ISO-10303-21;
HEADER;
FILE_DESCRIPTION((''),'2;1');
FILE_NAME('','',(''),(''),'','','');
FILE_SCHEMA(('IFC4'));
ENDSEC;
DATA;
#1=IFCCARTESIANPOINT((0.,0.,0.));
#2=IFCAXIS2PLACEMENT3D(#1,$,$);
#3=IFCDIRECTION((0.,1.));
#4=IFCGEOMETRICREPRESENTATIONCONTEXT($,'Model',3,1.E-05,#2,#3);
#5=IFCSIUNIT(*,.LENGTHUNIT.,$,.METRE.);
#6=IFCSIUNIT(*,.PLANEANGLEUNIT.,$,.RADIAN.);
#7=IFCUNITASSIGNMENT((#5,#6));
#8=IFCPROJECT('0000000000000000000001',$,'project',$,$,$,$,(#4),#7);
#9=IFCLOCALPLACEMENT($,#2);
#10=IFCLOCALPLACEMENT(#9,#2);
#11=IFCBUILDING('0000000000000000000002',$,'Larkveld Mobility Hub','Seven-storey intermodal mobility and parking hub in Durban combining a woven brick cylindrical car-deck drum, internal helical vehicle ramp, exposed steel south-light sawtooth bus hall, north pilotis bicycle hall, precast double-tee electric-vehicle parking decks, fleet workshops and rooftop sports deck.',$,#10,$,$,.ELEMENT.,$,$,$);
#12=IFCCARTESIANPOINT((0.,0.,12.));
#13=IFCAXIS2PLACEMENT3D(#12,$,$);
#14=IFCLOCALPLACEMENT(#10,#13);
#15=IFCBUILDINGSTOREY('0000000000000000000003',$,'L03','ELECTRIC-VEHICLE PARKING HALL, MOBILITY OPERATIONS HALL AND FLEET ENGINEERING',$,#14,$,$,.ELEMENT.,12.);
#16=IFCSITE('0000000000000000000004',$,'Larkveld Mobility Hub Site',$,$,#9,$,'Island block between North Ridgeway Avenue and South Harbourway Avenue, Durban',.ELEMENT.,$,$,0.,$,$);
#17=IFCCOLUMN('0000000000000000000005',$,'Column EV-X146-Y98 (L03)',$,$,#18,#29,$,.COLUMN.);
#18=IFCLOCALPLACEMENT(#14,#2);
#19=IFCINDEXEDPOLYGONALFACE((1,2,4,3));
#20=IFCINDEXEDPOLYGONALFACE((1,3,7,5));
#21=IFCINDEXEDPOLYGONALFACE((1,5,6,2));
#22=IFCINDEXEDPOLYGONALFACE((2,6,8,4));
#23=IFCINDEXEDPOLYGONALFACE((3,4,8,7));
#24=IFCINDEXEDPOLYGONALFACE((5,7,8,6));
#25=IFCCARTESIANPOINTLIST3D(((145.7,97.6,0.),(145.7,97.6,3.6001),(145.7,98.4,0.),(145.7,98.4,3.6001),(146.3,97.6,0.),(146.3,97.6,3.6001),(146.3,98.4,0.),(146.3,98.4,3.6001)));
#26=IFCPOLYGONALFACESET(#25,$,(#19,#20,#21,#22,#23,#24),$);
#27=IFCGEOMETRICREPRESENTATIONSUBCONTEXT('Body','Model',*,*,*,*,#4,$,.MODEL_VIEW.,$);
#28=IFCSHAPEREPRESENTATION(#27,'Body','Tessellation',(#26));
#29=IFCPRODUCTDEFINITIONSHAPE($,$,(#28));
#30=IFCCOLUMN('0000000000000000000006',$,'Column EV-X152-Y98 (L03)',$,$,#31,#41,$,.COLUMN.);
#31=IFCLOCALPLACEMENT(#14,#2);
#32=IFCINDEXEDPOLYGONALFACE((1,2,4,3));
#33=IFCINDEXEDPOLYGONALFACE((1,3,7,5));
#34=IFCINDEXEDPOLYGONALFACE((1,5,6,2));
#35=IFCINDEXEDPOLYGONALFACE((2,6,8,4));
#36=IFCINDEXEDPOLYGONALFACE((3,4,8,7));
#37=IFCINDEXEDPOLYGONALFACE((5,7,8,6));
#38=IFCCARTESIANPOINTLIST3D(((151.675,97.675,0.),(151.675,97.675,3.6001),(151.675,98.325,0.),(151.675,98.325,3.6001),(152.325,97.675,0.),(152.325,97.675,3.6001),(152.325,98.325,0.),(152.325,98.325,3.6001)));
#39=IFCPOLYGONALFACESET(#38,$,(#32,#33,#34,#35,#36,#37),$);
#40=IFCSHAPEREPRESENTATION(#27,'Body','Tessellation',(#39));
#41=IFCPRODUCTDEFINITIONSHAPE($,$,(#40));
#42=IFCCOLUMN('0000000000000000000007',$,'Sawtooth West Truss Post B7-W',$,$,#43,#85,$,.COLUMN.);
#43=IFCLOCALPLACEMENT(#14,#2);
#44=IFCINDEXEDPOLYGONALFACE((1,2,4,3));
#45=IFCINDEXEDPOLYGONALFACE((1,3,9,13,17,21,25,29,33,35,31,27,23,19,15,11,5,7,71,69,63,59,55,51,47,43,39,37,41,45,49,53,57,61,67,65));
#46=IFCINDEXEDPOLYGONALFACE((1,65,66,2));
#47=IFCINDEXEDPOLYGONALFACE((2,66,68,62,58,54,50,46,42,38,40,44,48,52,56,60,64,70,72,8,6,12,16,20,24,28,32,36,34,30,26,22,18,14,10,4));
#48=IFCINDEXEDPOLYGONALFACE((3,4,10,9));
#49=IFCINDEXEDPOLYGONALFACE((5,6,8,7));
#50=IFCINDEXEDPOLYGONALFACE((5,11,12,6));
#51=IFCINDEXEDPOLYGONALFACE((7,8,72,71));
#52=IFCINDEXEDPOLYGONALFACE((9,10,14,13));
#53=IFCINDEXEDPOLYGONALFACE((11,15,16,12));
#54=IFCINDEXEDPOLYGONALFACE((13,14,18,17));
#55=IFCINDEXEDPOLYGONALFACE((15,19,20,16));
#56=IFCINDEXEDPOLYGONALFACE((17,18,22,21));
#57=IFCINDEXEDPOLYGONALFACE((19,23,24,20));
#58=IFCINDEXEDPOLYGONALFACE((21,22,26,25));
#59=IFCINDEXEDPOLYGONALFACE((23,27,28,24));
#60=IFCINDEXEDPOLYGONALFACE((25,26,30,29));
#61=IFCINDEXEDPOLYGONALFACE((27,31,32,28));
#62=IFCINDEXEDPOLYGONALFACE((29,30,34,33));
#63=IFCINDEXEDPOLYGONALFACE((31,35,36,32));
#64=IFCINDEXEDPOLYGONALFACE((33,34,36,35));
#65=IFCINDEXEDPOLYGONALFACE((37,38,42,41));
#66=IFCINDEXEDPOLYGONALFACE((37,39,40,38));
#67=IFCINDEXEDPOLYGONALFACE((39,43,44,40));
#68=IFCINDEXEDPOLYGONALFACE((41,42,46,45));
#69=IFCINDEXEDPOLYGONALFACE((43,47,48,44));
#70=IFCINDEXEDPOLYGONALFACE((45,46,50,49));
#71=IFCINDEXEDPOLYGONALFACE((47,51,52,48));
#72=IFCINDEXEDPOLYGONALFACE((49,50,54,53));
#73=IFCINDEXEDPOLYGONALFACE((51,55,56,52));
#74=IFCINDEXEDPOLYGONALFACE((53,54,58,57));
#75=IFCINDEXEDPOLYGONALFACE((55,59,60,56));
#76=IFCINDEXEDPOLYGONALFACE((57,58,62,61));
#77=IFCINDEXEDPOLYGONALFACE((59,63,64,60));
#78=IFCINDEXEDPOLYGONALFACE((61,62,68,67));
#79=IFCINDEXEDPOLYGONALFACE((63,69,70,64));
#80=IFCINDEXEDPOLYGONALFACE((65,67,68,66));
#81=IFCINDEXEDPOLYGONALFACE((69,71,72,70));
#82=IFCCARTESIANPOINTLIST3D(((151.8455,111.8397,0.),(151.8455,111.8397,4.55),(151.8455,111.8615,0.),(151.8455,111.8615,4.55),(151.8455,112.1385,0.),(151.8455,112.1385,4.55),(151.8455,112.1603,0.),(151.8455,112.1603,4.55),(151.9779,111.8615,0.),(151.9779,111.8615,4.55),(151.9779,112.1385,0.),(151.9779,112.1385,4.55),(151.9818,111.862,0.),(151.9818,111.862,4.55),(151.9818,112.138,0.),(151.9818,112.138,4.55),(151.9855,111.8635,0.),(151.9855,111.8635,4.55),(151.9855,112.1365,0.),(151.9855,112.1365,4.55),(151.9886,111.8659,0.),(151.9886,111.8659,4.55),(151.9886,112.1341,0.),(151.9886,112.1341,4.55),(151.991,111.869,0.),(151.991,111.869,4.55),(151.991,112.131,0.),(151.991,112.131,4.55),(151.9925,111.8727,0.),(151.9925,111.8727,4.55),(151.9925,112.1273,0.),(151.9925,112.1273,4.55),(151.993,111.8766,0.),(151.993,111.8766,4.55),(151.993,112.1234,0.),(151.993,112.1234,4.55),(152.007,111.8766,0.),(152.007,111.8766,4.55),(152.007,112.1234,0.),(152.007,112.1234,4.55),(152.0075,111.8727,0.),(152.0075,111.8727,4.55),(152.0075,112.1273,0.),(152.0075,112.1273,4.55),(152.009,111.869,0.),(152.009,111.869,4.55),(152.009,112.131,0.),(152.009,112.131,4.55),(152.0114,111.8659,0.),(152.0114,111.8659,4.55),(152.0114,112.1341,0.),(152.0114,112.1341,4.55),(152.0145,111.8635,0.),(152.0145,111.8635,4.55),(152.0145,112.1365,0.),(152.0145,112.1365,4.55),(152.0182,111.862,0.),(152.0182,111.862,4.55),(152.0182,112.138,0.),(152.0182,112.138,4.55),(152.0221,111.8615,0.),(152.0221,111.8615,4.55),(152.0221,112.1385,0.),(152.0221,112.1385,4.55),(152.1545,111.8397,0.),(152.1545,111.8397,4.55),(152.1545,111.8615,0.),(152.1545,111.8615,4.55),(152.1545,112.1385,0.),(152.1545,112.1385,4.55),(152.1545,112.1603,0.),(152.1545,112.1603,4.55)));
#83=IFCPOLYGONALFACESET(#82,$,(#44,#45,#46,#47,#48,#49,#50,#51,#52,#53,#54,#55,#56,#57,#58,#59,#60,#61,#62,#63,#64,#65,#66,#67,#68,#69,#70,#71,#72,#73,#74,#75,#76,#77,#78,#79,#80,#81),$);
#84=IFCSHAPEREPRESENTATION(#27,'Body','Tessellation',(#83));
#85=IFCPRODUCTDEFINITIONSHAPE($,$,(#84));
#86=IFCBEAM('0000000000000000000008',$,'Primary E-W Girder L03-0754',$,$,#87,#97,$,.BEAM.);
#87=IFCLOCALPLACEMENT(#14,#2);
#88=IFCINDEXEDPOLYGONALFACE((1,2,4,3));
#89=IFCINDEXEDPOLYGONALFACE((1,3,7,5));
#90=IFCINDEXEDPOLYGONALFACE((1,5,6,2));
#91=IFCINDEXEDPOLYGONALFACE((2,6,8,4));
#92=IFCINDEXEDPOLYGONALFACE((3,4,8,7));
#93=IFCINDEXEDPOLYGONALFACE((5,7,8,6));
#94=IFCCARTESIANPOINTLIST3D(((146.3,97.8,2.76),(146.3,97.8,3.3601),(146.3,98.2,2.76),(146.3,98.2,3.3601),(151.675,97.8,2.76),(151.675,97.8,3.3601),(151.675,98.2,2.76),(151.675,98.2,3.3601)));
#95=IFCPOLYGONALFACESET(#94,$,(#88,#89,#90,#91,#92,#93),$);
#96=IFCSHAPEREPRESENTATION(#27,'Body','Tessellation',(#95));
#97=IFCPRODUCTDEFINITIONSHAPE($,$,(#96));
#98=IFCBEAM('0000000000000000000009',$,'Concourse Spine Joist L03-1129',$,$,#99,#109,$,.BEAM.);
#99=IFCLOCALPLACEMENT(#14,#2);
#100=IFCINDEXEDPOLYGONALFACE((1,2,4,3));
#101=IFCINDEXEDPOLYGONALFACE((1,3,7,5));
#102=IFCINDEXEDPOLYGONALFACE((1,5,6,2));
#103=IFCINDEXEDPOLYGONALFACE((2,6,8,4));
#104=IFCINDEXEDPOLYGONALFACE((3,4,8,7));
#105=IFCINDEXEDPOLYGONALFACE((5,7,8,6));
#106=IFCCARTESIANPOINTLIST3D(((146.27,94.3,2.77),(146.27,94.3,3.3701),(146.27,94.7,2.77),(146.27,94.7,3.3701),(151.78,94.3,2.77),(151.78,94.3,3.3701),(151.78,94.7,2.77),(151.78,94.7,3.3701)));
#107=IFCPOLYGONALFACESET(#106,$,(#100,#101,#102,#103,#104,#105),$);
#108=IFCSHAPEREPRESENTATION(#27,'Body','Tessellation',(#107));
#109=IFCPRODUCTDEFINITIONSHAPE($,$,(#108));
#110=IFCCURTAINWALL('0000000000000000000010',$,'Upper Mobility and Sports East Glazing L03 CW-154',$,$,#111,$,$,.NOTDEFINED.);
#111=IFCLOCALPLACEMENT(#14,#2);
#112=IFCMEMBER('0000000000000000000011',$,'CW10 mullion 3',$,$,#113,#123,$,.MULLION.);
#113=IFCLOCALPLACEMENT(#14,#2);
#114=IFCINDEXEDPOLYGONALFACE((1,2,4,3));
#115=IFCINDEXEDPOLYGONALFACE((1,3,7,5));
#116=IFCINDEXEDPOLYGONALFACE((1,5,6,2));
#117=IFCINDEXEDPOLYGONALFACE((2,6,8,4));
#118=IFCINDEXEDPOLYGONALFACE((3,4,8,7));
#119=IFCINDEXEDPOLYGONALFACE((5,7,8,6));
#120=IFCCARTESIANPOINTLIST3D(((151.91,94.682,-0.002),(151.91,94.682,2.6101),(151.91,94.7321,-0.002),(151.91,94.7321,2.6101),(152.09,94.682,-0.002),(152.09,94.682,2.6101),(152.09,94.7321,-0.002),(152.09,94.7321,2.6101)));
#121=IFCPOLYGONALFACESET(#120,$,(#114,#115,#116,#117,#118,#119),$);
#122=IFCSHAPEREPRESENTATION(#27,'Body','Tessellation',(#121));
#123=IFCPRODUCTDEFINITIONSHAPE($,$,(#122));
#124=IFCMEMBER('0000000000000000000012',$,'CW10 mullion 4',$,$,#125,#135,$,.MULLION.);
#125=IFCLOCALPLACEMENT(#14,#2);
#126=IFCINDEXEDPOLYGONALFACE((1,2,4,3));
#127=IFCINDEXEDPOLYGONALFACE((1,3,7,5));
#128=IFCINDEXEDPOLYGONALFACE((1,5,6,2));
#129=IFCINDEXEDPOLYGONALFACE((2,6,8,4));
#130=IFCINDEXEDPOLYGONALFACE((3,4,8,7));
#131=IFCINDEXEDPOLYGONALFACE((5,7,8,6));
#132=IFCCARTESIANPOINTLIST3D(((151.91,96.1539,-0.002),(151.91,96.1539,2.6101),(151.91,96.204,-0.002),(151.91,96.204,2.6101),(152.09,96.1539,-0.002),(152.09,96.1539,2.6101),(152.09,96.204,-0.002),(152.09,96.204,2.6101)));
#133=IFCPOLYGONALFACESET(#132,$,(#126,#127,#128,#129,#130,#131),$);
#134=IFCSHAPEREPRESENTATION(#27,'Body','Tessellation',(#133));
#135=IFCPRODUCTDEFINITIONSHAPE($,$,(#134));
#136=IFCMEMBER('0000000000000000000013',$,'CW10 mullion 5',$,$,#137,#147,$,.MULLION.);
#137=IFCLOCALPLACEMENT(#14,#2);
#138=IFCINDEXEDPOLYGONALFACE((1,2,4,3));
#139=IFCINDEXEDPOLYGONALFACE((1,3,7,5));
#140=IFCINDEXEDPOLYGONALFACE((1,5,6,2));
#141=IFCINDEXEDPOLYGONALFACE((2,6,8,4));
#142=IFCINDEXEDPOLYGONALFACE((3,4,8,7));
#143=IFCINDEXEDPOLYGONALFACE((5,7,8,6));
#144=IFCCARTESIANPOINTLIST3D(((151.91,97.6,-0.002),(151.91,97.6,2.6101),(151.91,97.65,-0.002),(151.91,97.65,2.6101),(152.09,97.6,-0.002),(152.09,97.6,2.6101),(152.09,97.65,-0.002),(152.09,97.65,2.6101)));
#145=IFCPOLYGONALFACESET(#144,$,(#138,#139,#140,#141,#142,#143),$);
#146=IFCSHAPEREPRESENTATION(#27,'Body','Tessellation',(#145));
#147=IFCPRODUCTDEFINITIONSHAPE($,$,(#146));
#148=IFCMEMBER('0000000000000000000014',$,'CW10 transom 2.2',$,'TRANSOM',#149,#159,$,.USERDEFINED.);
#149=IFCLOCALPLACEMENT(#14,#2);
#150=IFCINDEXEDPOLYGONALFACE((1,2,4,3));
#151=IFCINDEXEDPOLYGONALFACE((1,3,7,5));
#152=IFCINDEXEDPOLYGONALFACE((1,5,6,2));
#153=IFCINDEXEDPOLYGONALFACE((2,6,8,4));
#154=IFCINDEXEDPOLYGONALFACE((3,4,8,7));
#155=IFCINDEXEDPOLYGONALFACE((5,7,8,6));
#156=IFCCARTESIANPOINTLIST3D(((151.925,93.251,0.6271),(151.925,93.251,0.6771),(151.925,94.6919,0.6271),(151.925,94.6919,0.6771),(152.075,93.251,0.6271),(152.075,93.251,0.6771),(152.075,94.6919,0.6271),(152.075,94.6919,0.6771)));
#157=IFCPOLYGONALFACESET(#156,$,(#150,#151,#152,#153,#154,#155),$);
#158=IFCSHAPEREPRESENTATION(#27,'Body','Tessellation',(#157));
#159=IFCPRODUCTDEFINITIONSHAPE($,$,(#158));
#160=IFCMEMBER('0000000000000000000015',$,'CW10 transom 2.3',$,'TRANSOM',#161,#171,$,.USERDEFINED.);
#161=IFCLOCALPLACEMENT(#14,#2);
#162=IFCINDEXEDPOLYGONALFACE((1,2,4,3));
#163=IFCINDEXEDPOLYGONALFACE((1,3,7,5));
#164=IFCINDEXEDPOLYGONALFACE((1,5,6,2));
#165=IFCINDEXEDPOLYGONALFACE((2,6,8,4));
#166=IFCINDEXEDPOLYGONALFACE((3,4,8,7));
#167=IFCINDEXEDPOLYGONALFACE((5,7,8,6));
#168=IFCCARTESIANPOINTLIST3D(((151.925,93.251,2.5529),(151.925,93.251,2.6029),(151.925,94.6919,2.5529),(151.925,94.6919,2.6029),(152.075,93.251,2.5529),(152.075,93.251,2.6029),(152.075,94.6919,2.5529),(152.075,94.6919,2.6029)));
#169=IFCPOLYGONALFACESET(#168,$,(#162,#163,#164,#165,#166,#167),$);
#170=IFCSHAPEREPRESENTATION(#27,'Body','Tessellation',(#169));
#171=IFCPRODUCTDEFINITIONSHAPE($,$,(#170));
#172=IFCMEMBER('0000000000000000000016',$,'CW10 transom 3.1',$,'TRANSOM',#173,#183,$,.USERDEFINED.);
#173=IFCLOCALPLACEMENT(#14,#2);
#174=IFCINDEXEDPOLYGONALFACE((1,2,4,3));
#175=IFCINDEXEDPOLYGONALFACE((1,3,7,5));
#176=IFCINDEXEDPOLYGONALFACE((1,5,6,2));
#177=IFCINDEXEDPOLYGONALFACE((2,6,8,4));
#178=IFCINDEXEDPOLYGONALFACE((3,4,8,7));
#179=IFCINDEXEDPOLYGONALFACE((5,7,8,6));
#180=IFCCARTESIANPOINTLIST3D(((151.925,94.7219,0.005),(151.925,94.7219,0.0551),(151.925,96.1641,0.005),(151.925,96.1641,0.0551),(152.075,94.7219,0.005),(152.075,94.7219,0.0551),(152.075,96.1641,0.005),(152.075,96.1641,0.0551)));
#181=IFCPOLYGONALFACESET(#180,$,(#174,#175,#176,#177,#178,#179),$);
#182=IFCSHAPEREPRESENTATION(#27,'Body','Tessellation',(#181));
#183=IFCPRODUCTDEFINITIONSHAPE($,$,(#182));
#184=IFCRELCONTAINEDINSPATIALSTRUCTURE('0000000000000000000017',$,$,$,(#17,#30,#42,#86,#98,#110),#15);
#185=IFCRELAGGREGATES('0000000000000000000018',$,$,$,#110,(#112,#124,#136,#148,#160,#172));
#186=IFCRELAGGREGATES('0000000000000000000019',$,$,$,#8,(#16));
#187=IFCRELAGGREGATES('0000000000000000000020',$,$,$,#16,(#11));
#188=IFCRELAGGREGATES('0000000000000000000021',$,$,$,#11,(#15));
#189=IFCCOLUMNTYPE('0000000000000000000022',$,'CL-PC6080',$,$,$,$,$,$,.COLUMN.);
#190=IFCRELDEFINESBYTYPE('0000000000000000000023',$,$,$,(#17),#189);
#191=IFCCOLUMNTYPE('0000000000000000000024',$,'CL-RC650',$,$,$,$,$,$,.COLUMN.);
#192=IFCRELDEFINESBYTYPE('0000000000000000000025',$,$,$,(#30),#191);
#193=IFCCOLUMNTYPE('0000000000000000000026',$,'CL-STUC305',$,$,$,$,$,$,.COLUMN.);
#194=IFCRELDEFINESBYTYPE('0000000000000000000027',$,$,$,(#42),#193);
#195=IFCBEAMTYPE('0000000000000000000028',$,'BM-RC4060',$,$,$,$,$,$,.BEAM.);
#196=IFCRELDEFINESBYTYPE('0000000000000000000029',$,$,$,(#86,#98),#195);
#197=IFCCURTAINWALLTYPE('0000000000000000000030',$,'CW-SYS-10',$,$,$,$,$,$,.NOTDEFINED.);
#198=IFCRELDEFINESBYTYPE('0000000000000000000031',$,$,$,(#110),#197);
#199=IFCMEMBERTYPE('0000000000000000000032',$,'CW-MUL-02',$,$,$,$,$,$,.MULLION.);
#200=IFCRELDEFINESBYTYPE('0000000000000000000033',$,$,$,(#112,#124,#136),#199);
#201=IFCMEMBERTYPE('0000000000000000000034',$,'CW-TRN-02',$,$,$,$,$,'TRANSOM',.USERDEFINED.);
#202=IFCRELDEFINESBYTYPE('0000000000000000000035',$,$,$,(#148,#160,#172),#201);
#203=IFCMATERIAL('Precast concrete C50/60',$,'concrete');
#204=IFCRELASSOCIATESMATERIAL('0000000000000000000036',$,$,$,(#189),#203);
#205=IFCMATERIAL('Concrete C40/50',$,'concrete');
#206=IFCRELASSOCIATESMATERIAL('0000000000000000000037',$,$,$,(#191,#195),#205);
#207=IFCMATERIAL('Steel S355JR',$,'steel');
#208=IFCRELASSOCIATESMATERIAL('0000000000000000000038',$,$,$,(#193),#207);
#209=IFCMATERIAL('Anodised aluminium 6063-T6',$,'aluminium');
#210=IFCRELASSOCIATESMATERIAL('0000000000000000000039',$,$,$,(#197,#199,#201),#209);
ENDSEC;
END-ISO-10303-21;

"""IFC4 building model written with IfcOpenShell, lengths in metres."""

from ifc_helpers import new_model, si_unit, direction, frame, origin, origin_2d, place, context, subcontext, project, spatial, rectangle, i_section, extrude, material, material_profile, profile_set, type_object, element, aggregate, save


model = new_model("IFC4")

# Units and contexts
model_context = context("Model", 3, precision=1e-05, world=origin(), true_north=direction((0.0, 1.0)))
body_context = subcontext(model_context, "Body", "Model", "MODEL_VIEW")
ifc_project = project(units=[si_unit("LENGTHUNIT", "METRE"), si_unit("PLANEANGLEUNIT", "RADIAN")], contexts=[model_context])

# Site, building, storey
site_placement = place(None, origin())
site = spatial("IfcSite", under=ifc_project, at=site_placement, Name="Larkveld Mobility Hub Site", LongName="Island block between North Ridgeway Avenue and South Harbourway Avenue, Durban", CompositionType="ELEMENT", RefElevation=0.0)
building_placement = place(site_placement, origin())
building = spatial("IfcBuilding", under=site, at=building_placement, Name="Larkveld Mobility Hub", Description="Seven-storey intermodal mobility and parking hub in Durban combining a woven brick cylindrical car-deck drum, internal helical vehicle ramp, exposed steel south-light sawtooth bus hall, north pilotis bicycle hall, precast double-tee electric-vehicle parking decks, fleet workshops and rooftop sports deck.", CompositionType="ELEMENT")
storey_placement = place(building_placement, frame((0.0, 0.0, 12.0)))
storey = spatial("IfcBuildingStorey", under=building, at=storey_placement, Name="L03", Description="ELECTRIC-VEHICLE PARKING HALL, MOBILITY OPERATIONS HALL AND FLEET ENGINEERING", CompositionType="ELEMENT", Elevation=12.0)

# Columns
ifc_material_1 = material(Name="Precast concrete C50/60", Category="concrete")
ifc_material_profile_1 = material_profile(ifc_material_1, rectangle(XDim=0.6001, YDim=0.8, at=origin_2d()), Name="RC COL 600x800")
ifc_profile_set_1 = profile_set([ifc_material_profile_1], Name="Precast concrete C50/60")
column_type_1 = type_object("IfcColumnType", Name="CL-PC6080", PredefinedType="COLUMN", material=ifc_profile_set_1)
column_1_placement = place(storey_placement, frame((146.0, 98.0, 0.0), z_axis=(0.0, 0.0, 1.0), x_axis=(1.0, 0.0, 0.0)))
element("IfcColumn", 1, at=column_1_placement, inside=storey, type_object=column_type_1, Name="Column EV-X146-Y98 (L03)", PredefinedType="COLUMN", context=body_context, shape_type="SweptSolid", body=[
    extrude(rectangle(XDim=0.6001, YDim=0.8, at=origin_2d()), origin(), (0.0, 0.0, 1.0), 3.6001),
])
ifc_material_2 = material(Name="Concrete C40/50", Category="concrete")
ifc_material_profile_2 = material_profile(ifc_material_2, rectangle(XDim=0.6499, YDim=0.6499, at=origin_2d()), Name="RC COL 650x650")
ifc_profile_set_2 = profile_set([ifc_material_profile_2], Name="Concrete C40/50")
column_type_2 = type_object("IfcColumnType", Name="CL-RC650", PredefinedType="COLUMN", material=ifc_profile_set_2)
column_2_placement = place(storey_placement, frame((152.0, 98.0, 0.0), z_axis=(0.0, 0.0, 1.0), x_axis=(1.0, 0.0, 0.0)))
element("IfcColumn", 2, at=column_2_placement, inside=storey, type_object=column_type_2, Name="Column EV-X152-Y98 (L03)", PredefinedType="COLUMN", context=body_context, shape_type="SweptSolid", body=[
    extrude(rectangle(XDim=0.6499, YDim=0.6499, at=origin_2d()), origin(), (0.0, 0.0, 1.0), 3.6001),
])
ifc_material_3 = material(Name="Steel S355JR", Category="steel")
ifc_material_profile_3 = material_profile(ifc_material_3, i_section(OverallWidth=0.3091, OverallDepth=0.3206, WebThickness=0.0139, FlangeThickness=0.0217, FilletRadius=0.0151, at=origin_2d()), Name="UC 305x305x137")
ifc_profile_set_3 = profile_set([ifc_material_profile_3], Name="Steel S355JR")
column_type_3 = type_object("IfcColumnType", Name="CL-STUC305", PredefinedType="COLUMN", material=ifc_profile_set_3)
column_3_placement = place(storey_placement, frame((152.0, 112.0, 0.0), z_axis=(0.0, 0.0, 1.0), x_axis=(1.0, 0.0, 0.0)))
element("IfcColumn", 3, at=column_3_placement, inside=storey, type_object=column_type_3, Name="Sawtooth West Truss Post B7-W", PredefinedType="COLUMN", context=body_context, shape_type="SweptSolid", body=[
    extrude(i_section(OverallWidth=0.3091, OverallDepth=0.3206, WebThickness=0.0139, FlangeThickness=0.0217, FilletRadius=0.0151, at=origin_2d()), origin(), (0.0, 0.0, 1.0), 4.55),
])

# Beams
ifc_material_profile_4 = material_profile(ifc_material_2, rectangle(XDim=0.3999, YDim=0.6001, at=origin_2d()), Name="RC BM 400x600")
ifc_profile_set_4 = profile_set([ifc_material_profile_4], Name="Concrete C40/50")
beam_type = type_object("IfcBeamType", Name="BM-RC4060", PredefinedType="BEAM", material=ifc_profile_set_4)
beam_1_placement = place(storey_placement, frame((146.3, 98.0, 3.0601), z_axis=(1.0, 0.0, 0.0), x_axis=(0.0, 1.0, 0.0)))
element("IfcBeam", 4, at=beam_1_placement, inside=storey, type_object=beam_type, Name="Primary E-W Girder L03-0754", PredefinedType="BEAM", context=body_context, shape_type="SweptSolid", body=[
    extrude(rectangle(XDim=0.3999, YDim=0.6001, at=origin_2d()), origin(), (0.0, 0.0, 1.0), 5.375),
])
beam_2_placement = place(storey_placement, frame((146.27, 94.5, 3.0701), z_axis=(1.0, 0.0, 0.0), x_axis=(0.0, 1.0, 0.0)))
element("IfcBeam", 5, at=beam_2_placement, inside=storey, type_object=beam_type, Name="Concourse Spine Joist L03-1129", PredefinedType="BEAM", context=body_context, shape_type="SweptSolid", body=[
    extrude(rectangle(XDim=0.3999, YDim=0.6001, at=origin_2d()), origin(), (0.0, 0.0, 1.0), 5.51),
])

# Curtain wall, members
ifc_material_4 = material(Name="Anodised aluminium 6063-T6", Category="aluminium")
curtain_wall_type = type_object("IfcCurtainWallType", Name="CW-SYS-10", PredefinedType="NOTDEFINED", material=ifc_material_4)
curtain_wall_placement = place(storey_placement, origin())
curtain_wall = element("IfcCurtainWall", 6, at=curtain_wall_placement, inside=storey, type_object=curtain_wall_type, Name="Upper Mobility and Sports East Glazing L03 CW-154", PredefinedType="NOTDEFINED")
ifc_material_profile_5 = material_profile(ifc_material_4, rectangle(XDim=0.05, YDim=0.1799, at=origin_2d()), Name="ALU MULL 50x180")
ifc_profile_set_5 = profile_set([ifc_material_profile_5], Name="Anodised aluminium 6063-T6")
member_type_1 = type_object("IfcMemberType", Name="CW-MUL-02", PredefinedType="MULLION", material=ifc_profile_set_5)
member_1_placement = place(storey_placement, frame((152.0, 94.707, -0.002), z_axis=(0.0, 0.0, 1.0), x_axis=(0.0, 1.0, 0.0)))
member_1 = element("IfcMember", 7, at=member_1_placement, type_object=member_type_1, Name="CW10 mullion 3", PredefinedType="MULLION", context=body_context, shape_type="SweptSolid", body=[
    extrude(rectangle(XDim=0.05, YDim=0.1799, at=origin_2d()), origin(), (0.0, 0.0, 1.0), 2.6121),
])
member_2_placement = place(storey_placement, frame((152.0, 96.179, -0.002), z_axis=(0.0, 0.0, 1.0), x_axis=(0.0, 1.0, 0.0)))
member_2 = element("IfcMember", 8, at=member_2_placement, type_object=member_type_1, Name="CW10 mullion 4", PredefinedType="MULLION", context=body_context, shape_type="SweptSolid", body=[
    extrude(rectangle(XDim=0.05, YDim=0.1799, at=origin_2d()), origin(), (0.0, 0.0, 1.0), 2.6121),
])
member_3_placement = place(storey_placement, frame((152.0, 97.625, -0.002), z_axis=(0.0, 0.0, 1.0), x_axis=(0.0, 1.0, 0.0)))
member_3 = element("IfcMember", 9, at=member_3_placement, type_object=member_type_1, Name="CW10 mullion 5", PredefinedType="MULLION", context=body_context, shape_type="SweptSolid", body=[
    extrude(rectangle(XDim=0.05, YDim=0.1799, at=origin_2d()), origin(), (0.0, 0.0, 1.0), 2.6121),
])
ifc_material_profile_6 = material_profile(ifc_material_4, rectangle(XDim=0.1499, YDim=0.05, at=origin_2d()), Name="ALU TRAN 50x150")
ifc_profile_set_6 = profile_set([ifc_material_profile_6], Name="Anodised aluminium 6063-T6")
member_type_2 = type_object("IfcMemberType", Name="CW-TRN-02", ElementType="TRANSOM", PredefinedType="USERDEFINED", material=ifc_profile_set_6)
member_4_placement = place(storey_placement, frame((152.0, 93.251, 0.6521), z_axis=(0.0, 1.0, 0.0), x_axis=(-1.0, 0.0, 0.0)))
member_4 = element("IfcMember", 10, at=member_4_placement, type_object=member_type_2, Name="CW10 transom 2.2", ObjectType="TRANSOM", PredefinedType="USERDEFINED", context=body_context, shape_type="SweptSolid", body=[
    extrude(rectangle(XDim=0.1499, YDim=0.05, at=origin_2d()), origin(), (0.0, 0.0, 1.0), 1.4409),
])
member_5_placement = place(storey_placement, frame((152.0, 93.251, 2.5779), z_axis=(0.0, 1.0, 0.0), x_axis=(-1.0, 0.0, 0.0)))
member_5 = element("IfcMember", 11, at=member_5_placement, type_object=member_type_2, Name="CW10 transom 2.3", ObjectType="TRANSOM", PredefinedType="USERDEFINED", context=body_context, shape_type="SweptSolid", body=[
    extrude(rectangle(XDim=0.1499, YDim=0.05, at=origin_2d()), origin(), (0.0, 0.0, 1.0), 1.4409),
])
member_6_placement = place(storey_placement, frame((152.0, 94.7219, 0.03), z_axis=(0.0, 1.0, 0.0), x_axis=(-1.0, 0.0, 0.0)))
member_6 = element("IfcMember", 12, at=member_6_placement, type_object=member_type_2, Name="CW10 transom 3.1", ObjectType="TRANSOM", PredefinedType="USERDEFINED", context=body_context, shape_type="SweptSolid", body=[
    extrude(rectangle(XDim=0.1499, YDim=0.05, at=origin_2d()), origin(), (0.0, 0.0, 1.0), 1.4421),
])
aggregate(curtain_wall, [member_1, member_2, member_3, member_4, member_5, member_6])

save(model, "model.ifc")
